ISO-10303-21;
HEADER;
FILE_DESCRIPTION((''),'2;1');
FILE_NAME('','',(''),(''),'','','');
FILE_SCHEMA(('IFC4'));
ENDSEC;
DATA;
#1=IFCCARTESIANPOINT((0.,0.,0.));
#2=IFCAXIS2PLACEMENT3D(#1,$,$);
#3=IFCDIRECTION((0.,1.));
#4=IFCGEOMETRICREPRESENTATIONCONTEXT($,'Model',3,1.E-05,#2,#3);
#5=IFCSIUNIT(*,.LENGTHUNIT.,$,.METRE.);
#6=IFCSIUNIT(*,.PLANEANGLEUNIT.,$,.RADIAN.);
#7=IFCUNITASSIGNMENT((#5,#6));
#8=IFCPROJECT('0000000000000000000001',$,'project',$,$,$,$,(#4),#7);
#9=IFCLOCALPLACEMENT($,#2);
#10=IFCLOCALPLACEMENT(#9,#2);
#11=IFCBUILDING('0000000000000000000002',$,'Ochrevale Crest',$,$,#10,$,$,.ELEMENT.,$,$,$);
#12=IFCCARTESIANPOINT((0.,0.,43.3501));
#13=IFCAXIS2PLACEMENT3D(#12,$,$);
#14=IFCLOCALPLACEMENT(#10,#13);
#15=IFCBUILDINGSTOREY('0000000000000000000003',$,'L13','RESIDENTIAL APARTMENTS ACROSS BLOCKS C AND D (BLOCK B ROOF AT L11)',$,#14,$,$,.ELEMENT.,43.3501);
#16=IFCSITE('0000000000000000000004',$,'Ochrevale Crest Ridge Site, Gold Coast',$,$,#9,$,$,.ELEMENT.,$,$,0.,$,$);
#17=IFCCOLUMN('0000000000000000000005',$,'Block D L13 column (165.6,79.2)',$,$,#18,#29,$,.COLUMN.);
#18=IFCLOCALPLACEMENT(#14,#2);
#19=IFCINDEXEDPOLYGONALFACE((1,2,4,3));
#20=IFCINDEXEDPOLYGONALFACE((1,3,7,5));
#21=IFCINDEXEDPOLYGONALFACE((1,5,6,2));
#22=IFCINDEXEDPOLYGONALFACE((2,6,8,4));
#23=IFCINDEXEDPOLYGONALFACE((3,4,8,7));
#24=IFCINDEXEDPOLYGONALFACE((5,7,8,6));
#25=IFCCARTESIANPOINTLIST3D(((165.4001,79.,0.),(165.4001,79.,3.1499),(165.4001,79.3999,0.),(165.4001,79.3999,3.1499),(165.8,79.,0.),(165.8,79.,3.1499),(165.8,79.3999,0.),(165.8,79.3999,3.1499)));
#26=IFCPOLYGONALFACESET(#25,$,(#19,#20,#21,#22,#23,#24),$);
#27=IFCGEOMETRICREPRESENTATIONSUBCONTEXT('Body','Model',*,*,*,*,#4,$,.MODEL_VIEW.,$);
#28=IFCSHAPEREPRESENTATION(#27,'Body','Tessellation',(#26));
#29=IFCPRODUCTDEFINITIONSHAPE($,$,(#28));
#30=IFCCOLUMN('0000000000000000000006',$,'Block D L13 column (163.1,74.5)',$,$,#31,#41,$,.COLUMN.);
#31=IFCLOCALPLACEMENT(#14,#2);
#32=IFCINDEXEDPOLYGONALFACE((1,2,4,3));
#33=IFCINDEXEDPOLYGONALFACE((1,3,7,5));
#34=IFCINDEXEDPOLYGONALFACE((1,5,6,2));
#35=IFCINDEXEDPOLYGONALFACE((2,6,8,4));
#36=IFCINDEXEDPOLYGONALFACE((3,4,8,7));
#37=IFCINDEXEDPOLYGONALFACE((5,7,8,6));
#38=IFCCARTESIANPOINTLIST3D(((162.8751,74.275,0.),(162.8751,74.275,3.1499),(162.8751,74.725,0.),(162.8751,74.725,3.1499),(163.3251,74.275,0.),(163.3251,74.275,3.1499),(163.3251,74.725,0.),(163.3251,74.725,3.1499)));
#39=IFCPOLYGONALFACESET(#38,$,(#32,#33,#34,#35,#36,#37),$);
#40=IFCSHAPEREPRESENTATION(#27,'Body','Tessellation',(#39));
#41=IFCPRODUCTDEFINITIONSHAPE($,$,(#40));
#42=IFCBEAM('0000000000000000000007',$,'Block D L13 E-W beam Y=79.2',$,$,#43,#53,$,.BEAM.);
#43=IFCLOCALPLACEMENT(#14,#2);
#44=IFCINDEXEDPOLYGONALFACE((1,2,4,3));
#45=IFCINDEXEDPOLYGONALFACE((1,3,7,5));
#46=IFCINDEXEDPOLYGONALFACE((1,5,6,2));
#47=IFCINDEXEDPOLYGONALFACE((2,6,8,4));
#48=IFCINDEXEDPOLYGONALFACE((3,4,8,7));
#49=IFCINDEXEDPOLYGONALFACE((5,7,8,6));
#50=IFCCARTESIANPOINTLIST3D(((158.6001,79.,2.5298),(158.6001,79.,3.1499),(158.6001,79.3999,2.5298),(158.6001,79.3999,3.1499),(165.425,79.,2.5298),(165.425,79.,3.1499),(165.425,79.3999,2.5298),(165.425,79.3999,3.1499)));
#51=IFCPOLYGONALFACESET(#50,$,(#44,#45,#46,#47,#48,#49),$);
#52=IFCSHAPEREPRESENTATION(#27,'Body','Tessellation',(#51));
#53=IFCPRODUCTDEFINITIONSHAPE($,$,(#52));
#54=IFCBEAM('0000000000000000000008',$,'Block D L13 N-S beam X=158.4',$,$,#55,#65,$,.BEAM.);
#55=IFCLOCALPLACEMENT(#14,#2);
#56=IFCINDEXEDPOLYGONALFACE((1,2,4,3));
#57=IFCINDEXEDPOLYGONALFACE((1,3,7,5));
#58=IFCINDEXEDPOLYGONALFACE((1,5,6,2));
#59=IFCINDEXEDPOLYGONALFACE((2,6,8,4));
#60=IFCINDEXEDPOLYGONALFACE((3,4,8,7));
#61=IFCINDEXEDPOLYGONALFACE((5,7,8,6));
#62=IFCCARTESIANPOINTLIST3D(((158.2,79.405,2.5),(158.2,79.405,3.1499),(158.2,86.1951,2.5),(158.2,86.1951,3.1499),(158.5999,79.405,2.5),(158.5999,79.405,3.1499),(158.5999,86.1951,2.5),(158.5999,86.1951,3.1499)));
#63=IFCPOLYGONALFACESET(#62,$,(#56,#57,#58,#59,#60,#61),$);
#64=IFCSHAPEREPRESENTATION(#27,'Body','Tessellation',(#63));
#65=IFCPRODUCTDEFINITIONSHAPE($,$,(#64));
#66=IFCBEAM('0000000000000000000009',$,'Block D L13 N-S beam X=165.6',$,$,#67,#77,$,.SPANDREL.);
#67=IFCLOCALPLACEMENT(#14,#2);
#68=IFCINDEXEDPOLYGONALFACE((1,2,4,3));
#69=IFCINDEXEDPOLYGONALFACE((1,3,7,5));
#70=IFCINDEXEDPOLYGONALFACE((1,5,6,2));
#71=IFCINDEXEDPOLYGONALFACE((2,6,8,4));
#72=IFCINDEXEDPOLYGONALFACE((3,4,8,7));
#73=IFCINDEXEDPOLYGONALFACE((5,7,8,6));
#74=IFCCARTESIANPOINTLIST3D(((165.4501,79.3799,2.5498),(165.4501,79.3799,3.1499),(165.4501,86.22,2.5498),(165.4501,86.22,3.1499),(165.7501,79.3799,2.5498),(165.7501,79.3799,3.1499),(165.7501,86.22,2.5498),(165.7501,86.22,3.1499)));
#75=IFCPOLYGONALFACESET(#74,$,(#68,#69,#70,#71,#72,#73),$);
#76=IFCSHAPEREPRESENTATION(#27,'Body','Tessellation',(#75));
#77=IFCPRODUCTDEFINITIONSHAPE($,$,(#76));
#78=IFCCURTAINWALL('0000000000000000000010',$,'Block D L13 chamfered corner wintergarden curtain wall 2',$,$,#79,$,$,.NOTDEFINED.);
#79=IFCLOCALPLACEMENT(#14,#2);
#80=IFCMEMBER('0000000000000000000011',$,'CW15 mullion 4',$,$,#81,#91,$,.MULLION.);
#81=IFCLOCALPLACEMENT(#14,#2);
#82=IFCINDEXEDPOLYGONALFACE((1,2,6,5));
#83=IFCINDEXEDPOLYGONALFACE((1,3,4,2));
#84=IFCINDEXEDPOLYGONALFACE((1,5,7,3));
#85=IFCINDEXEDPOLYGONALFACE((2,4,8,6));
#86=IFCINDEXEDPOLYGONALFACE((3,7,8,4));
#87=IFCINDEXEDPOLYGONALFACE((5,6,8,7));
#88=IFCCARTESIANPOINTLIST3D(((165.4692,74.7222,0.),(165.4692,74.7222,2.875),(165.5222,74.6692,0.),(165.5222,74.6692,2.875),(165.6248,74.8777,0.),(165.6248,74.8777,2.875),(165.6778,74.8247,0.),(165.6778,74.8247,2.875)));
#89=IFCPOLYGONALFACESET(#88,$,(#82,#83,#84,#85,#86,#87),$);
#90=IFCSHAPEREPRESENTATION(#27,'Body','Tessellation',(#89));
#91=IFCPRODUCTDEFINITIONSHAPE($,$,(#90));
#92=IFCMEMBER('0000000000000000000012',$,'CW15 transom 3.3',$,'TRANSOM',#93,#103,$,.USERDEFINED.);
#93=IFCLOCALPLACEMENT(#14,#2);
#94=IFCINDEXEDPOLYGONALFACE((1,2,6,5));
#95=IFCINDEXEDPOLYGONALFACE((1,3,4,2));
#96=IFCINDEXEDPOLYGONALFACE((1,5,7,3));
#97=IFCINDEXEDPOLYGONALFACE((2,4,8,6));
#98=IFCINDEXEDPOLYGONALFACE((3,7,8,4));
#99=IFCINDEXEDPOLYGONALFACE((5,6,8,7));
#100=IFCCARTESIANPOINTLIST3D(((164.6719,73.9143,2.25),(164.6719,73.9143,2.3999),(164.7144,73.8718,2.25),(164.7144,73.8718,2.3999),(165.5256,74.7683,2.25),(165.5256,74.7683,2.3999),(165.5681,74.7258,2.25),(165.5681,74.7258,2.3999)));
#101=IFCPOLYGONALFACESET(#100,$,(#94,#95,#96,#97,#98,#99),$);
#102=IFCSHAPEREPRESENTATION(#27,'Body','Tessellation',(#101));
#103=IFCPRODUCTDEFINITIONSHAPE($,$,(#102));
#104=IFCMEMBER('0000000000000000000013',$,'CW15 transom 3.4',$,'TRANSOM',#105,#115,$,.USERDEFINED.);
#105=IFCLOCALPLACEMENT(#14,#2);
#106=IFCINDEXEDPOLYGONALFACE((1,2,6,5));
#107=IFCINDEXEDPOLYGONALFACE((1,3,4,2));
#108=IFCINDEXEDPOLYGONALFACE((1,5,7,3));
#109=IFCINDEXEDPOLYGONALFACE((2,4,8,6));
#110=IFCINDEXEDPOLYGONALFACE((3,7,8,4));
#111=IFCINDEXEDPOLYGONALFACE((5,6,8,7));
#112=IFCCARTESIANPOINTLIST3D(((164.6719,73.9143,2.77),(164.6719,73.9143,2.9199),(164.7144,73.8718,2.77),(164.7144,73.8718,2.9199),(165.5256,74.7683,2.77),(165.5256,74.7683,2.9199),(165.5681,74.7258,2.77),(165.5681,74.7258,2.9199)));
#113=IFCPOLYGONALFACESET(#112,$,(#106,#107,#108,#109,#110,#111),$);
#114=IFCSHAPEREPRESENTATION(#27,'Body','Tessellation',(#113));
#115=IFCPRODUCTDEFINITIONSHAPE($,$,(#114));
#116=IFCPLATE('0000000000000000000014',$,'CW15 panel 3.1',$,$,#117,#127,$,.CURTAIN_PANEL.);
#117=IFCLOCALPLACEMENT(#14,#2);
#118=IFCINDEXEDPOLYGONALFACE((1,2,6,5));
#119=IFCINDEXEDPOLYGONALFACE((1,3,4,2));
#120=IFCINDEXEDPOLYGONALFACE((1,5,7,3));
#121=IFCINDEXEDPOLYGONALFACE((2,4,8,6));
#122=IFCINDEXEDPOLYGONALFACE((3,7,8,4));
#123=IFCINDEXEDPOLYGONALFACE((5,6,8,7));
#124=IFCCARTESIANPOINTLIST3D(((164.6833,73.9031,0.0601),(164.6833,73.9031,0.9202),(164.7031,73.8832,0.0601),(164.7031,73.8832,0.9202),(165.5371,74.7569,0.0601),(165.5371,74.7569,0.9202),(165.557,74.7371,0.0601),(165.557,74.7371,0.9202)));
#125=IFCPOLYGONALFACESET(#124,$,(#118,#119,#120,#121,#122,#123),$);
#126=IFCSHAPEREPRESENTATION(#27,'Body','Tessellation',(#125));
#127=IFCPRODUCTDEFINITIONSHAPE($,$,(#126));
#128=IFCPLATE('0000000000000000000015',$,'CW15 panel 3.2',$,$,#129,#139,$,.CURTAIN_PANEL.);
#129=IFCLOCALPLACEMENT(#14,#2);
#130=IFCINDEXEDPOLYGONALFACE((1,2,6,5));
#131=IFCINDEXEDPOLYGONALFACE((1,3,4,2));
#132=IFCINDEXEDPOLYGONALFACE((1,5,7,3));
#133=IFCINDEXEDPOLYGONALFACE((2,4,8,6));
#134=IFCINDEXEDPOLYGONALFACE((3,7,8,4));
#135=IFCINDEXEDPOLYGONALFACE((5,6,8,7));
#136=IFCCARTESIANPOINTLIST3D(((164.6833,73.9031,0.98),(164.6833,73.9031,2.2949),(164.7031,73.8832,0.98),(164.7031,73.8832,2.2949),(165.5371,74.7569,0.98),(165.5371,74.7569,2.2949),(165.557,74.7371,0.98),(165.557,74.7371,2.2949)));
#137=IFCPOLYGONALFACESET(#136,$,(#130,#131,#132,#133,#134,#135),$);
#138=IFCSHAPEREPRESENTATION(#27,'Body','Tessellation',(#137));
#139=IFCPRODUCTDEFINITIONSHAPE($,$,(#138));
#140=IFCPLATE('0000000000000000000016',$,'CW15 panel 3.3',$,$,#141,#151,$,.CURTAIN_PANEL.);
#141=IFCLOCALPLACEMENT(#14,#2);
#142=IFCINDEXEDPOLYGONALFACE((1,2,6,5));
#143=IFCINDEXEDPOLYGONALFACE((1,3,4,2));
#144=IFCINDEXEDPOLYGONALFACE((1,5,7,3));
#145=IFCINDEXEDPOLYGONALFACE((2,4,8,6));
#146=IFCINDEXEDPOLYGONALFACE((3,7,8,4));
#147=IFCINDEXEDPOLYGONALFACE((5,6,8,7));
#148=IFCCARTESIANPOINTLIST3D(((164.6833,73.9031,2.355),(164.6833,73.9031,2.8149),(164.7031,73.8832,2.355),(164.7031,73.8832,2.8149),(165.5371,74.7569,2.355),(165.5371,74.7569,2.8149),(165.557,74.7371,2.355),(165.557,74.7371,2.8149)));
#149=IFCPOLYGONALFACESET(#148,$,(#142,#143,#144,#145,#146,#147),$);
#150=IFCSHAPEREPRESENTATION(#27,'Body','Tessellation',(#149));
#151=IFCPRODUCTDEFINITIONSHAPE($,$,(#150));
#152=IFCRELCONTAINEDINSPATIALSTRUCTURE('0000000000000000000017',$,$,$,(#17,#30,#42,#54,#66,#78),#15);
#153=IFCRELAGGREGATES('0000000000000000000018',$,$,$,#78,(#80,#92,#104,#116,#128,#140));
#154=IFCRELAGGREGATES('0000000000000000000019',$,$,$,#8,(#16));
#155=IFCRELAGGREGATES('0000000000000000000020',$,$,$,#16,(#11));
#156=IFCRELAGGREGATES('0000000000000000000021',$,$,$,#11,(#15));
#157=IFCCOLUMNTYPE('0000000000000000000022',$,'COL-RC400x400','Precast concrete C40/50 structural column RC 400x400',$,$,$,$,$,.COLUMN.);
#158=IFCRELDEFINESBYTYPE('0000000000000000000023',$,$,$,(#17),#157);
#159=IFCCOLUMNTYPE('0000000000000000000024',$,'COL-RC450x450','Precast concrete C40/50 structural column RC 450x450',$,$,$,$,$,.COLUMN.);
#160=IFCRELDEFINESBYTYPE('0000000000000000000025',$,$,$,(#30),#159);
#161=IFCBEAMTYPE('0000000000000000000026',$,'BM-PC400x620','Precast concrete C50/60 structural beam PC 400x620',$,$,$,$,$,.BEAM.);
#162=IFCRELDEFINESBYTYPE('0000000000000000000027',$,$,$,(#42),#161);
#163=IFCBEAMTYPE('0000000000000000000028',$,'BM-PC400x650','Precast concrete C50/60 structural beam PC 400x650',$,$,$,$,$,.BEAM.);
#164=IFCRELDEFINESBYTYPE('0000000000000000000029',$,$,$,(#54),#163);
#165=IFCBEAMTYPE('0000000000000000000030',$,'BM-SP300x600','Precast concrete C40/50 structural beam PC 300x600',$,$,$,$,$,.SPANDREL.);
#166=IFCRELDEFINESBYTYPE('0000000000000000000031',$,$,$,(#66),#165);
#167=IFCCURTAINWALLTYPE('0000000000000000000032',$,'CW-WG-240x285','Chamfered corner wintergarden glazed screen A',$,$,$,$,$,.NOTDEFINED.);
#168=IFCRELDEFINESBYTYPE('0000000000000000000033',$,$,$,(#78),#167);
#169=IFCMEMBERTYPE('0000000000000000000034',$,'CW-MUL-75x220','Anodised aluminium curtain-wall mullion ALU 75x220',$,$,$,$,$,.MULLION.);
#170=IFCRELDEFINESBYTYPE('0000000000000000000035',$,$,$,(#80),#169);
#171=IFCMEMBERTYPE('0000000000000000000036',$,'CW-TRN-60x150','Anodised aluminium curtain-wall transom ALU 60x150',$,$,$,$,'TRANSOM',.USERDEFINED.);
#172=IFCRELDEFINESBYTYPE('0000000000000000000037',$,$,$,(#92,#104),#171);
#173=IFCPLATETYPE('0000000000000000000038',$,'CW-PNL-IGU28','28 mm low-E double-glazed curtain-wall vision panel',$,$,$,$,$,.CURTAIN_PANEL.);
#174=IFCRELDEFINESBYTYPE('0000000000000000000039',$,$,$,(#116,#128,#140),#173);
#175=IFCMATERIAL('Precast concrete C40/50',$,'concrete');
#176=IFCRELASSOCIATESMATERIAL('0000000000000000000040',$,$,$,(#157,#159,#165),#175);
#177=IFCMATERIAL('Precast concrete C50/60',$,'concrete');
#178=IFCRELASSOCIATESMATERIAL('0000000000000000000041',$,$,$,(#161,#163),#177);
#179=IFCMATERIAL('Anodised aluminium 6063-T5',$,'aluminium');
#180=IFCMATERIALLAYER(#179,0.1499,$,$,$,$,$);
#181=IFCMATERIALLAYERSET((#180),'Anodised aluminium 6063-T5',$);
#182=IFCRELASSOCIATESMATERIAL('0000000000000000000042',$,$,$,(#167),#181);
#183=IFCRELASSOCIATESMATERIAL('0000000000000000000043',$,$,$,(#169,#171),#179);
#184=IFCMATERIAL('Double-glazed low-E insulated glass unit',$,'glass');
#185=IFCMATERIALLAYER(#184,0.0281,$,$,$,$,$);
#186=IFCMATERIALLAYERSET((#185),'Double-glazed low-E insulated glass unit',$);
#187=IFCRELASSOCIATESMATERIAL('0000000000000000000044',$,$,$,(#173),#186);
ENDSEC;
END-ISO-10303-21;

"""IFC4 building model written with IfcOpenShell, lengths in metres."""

from ifc_helpers import new_model, si_unit, direction, frame, origin, origin_2d, place, context, subcontext, project, spatial, rectangle, extrude, material, layer, layer_set, material_profile, profile_set, type_object, element, aggregate, save


model = new_model("IFC4")

# Units and contexts
model_context = context("Model", 3, precision=1e-05, world=origin(), true_north=direction((0.0, 1.0)))
body_context = subcontext(model_context, "Body", "Model", "MODEL_VIEW")
ifc_project = project(units=[si_unit("LENGTHUNIT", "METRE"), si_unit("PLANEANGLEUNIT", "RADIAN")], contexts=[model_context])

# Site, building, storey
site_placement = place(None, origin())
site = spatial("IfcSite", under=ifc_project, at=site_placement, Name="Ochrevale Crest Ridge Site, Gold Coast", CompositionType="ELEMENT", RefElevation=0.0)
building_placement = place(site_placement, origin())
building = spatial("IfcBuilding", under=site, at=building_placement, Name="Ochrevale Crest", CompositionType="ELEMENT")
storey_placement = place(building_placement, frame((0.0, 0.0, 43.3501)))
storey = spatial("IfcBuildingStorey", under=building, at=storey_placement, Name="L13", Description="RESIDENTIAL APARTMENTS ACROSS BLOCKS C AND D (BLOCK B ROOF AT L11)", CompositionType="ELEMENT", Elevation=43.3501)

# Columns
ifc_material_1 = material(Name="Precast concrete C40/50", Category="concrete")
ifc_material_profile_1 = material_profile(ifc_material_1, rectangle(XDim=0.3999, YDim=0.3999, at=origin_2d()), Name="RC 400x400")
ifc_profile_set_1 = profile_set([ifc_material_profile_1], Name="Precast concrete C40/50")
column_type_1 = type_object("IfcColumnType", Name="COL-RC400x400", Description="Precast concrete C40/50 structural column RC 400x400", PredefinedType="COLUMN", material=ifc_profile_set_1)
column_1_placement = place(storey_placement, frame((165.6001, 79.2, 0.0), z_axis=(0.0, 0.0, 1.0), x_axis=(1.0, 0.0, 0.0)))
element("IfcColumn", 1, at=column_1_placement, inside=storey, type_object=column_type_1, Name="Block D L13 column (165.6,79.2)", PredefinedType="COLUMN", context=body_context, shape_type="SweptSolid", body=[
    extrude(rectangle(XDim=0.3999, YDim=0.3999, at=origin_2d()), origin(), (0.0, 0.0, 1.0), 3.1499),
])
ifc_material_profile_2 = material_profile(ifc_material_1, rectangle(XDim=0.45, YDim=0.45, at=origin_2d()), Name="RC 450x450")
ifc_profile_set_2 = profile_set([ifc_material_profile_2], Name="Precast concrete C40/50")
column_type_2 = type_object("IfcColumnType", Name="COL-RC450x450", Description="Precast concrete C40/50 structural column RC 450x450", PredefinedType="COLUMN", material=ifc_profile_set_2)
column_2_placement = place(storey_placement, frame((163.1001, 74.5, 0.0), z_axis=(0.0, 0.0, 1.0), x_axis=(1.0, 0.0, 0.0)))
element("IfcColumn", 2, at=column_2_placement, inside=storey, type_object=column_type_2, Name="Block D L13 column (163.1,74.5)", PredefinedType="COLUMN", context=body_context, shape_type="SweptSolid", body=[
    extrude(rectangle(XDim=0.45, YDim=0.45, at=origin_2d()), origin(), (0.0, 0.0, 1.0), 3.1499),
])

# Beams
ifc_material_2 = material(Name="Precast concrete C50/60", Category="concrete")
ifc_material_profile_3 = material_profile(ifc_material_2, rectangle(XDim=0.3999, YDim=0.6201, at=origin_2d()), Name="PC 400x620")
ifc_profile_set_3 = profile_set([ifc_material_profile_3], Name="Precast concrete C50/60")
beam_type_1 = type_object("IfcBeamType", Name="BM-PC400x620", Description="Precast concrete C50/60 structural beam PC 400x620", PredefinedType="BEAM", material=ifc_profile_set_3)
beam_1_placement = place(storey_placement, frame((158.6001, 79.2, 2.8398), z_axis=(1.0, 0.0, 0.0), x_axis=(0.0, 1.0, 0.0)))
element("IfcBeam", 3, at=beam_1_placement, inside=storey, type_object=beam_type_1, Name="Block D L13 E-W beam Y=79.2", PredefinedType="BEAM", context=body_context, shape_type="SweptSolid", body=[
    extrude(rectangle(XDim=0.3999, YDim=0.6201, at=origin_2d()), origin(), (0.0, 0.0, 1.0), 6.825),
])
ifc_material_profile_4 = material_profile(ifc_material_2, rectangle(XDim=0.3999, YDim=0.6499, at=origin_2d()), Name="PC 400x650")
ifc_profile_set_4 = profile_set([ifc_material_profile_4], Name="Precast concrete C50/60")
beam_type_2 = type_object("IfcBeamType", Name="BM-PC400x650", Description="Precast concrete C50/60 structural beam PC 400x650", PredefinedType="BEAM", material=ifc_profile_set_4)
beam_2_placement = place(storey_placement, frame((158.3999, 79.405, 2.825), z_axis=(0.0, 1.0, 0.0), x_axis=(-1.0, 0.0, 0.0)))
element("IfcBeam", 4, at=beam_2_placement, inside=storey, type_object=beam_type_2, Name="Block D L13 N-S beam X=158.4", PredefinedType="BEAM", context=body_context, shape_type="SweptSolid", body=[
    extrude(rectangle(XDim=0.3999, YDim=0.6499, at=origin_2d()), origin(), (0.0, 0.0, 1.0), 6.79),
])
ifc_material_profile_5 = material_profile(ifc_material_1, rectangle(XDim=0.3, YDim=0.6001, at=origin_2d()), Name="PC 300x600")
ifc_profile_set_5 = profile_set([ifc_material_profile_5], Name="Precast concrete C40/50")
beam_type_3 = type_object("IfcBeamType", Name="BM-SP300x600", Description="Precast concrete C40/50 structural beam PC 300x600", PredefinedType="SPANDREL", material=ifc_profile_set_5)
beam_3_placement = place(storey_placement, frame((165.6001, 79.3799, 2.8499), z_axis=(0.0, 1.0, 0.0), x_axis=(-1.0, 0.0, 0.0)))
element("IfcBeam", 5, at=beam_3_placement, inside=storey, type_object=beam_type_3, Name="Block D L13 N-S beam X=165.6", PredefinedType="SPANDREL", context=body_context, shape_type="SweptSolid", body=[
    extrude(rectangle(XDim=0.3, YDim=0.6001, at=origin_2d()), origin(), (0.0, 0.0, 1.0), 6.8401),
])

# Curtain wall, members, plates
ifc_material_3 = material(Name="Anodised aluminium 6063-T5", Category="aluminium")
ifc_layer_1 = layer(ifc_material_3, 0.1499)
ifc_layer_set_1 = layer_set([ifc_layer_1], Name="Anodised aluminium 6063-T5")
curtain_wall_type = type_object("IfcCurtainWallType", Name="CW-WG-240x285", Description="Chamfered corner wintergarden glazed screen A", PredefinedType="NOTDEFINED", material=ifc_layer_set_1)
curtain_wall_placement = place(storey_placement, origin())
curtain_wall = element("IfcCurtainWall", 6, at=curtain_wall_placement, inside=storey, type_object=curtain_wall_type, Name="Block D L13 chamfered corner wintergarden curtain wall 2", PredefinedType="NOTDEFINED")
ifc_material_profile_6 = material_profile(ifc_material_3, rectangle(XDim=0.075, YDim=0.22, at=origin_2d()), Name="ALU 75x220")
ifc_profile_set_6 = profile_set([ifc_material_profile_6], Name="Anodised aluminium 6063-T5")
member_type_1 = type_object("IfcMemberType", Name="CW-MUL-75x220", Description="Anodised aluminium curtain-wall mullion ALU 75x220", PredefinedType="MULLION", material=ifc_profile_set_6)
member_1_placement = place(storey_placement, frame((165.5735, 74.7734, 0.0), z_axis=(0.0, 0.0, 1.0), x_axis=(-0.707107, 0.707107, 0.0)))
member_1 = element("IfcMember", 7, at=member_1_placement, type_object=member_type_1, Name="CW15 mullion 4", PredefinedType="MULLION", context=body_context, shape_type="SweptSolid", body=[
    extrude(rectangle(XDim=0.075, YDim=0.22, at=origin_2d()), origin(), (0.0, 0.0, 1.0), 2.875),
])
ifc_material_profile_7 = material_profile(ifc_material_3, rectangle(XDim=0.0601, YDim=0.1499, at=origin_2d()), Name="ALU 60x150")
ifc_profile_set_7 = profile_set([ifc_material_profile_7], Name="Anodised aluminium 6063-T5")
member_type_2 = type_object("IfcMemberType", Name="CW-TRN-60x150", Description="Anodised aluminium curtain-wall transom ALU 60x150", ElementType="TRANSOM", PredefinedType="USERDEFINED", material=ifc_profile_set_7)
member_2_placement = place(storey_placement, frame((164.6931, 73.8931, 2.325), z_axis=(0.707006, 0.707208, 0.0), x_axis=(-0.707208, 0.707006, 0.0)))
member_2 = element("IfcMember", 8, at=member_2_placement, type_object=member_type_2, Name="CW15 transom 3.3", ObjectType="TRANSOM", PredefinedType="USERDEFINED", context=body_context, shape_type="SweptSolid", body=[
    extrude(rectangle(XDim=0.0601, YDim=0.1499, at=origin_2d()), origin(), (0.0, 0.0, 1.0), 1.2075),
])
member_3_placement = place(storey_placement, frame((164.6931, 73.8931, 2.845), z_axis=(0.707006, 0.707208, 0.0), x_axis=(-0.707208, 0.707006, 0.0)))
member_3 = element("IfcMember", 9, at=member_3_placement, type_object=member_type_2, Name="CW15 transom 3.4", ObjectType="TRANSOM", PredefinedType="USERDEFINED", context=body_context, shape_type="SweptSolid", body=[
    extrude(rectangle(XDim=0.0601, YDim=0.1499, at=origin_2d()), origin(), (0.0, 0.0, 1.0), 1.2075),
])
ifc_material_4 = material(Name="Double-glazed low-E insulated glass unit", Category="glass")
ifc_layer_2 = layer(ifc_material_4, 0.0281)
ifc_layer_set_2 = layer_set([ifc_layer_2], Name="Double-glazed low-E insulated glass unit")
plate_type = type_object("IfcPlateType", Name="CW-PNL-IGU28", Description="28 mm low-E double-glazed curtain-wall vision panel", PredefinedType="CURTAIN_PANEL", material=ifc_layer_set_2)
plate_1_placement = place(storey_placement, frame((165.1201, 74.3201, 0.0601), z_axis=(0.0, 0.0, 1.0), x_axis=(0.707107, 0.707107, 0.0)))
plate_1 = element("IfcPlate", 10, at=plate_1_placement, type_object=plate_type, Name="CW15 panel 3.1", PredefinedType="CURTAIN_PANEL", context=body_context, shape_type="SweptSolid", body=[
    extrude(rectangle(XDim=1.2075, YDim=0.0281, at=origin_2d()), origin(), (0.0, 0.0, 1.0), 0.8601),
])
plate_2_placement = place(storey_placement, frame((165.1201, 74.3201, 0.98), z_axis=(0.0, 0.0, 1.0), x_axis=(0.707107, 0.707107, 0.0)))
plate_2 = element("IfcPlate", 11, at=plate_2_placement, type_object=plate_type, Name="CW15 panel 3.2", PredefinedType="CURTAIN_PANEL", context=body_context, shape_type="SweptSolid", body=[
    extrude(rectangle(XDim=1.2075, YDim=0.0281, at=origin_2d()), origin(), (0.0, 0.0, 1.0), 1.3149),
])
plate_3_placement = place(storey_placement, frame((165.1201, 74.3201, 2.355), z_axis=(0.0, 0.0, 1.0), x_axis=(0.707107, 0.707107, 0.0)))
plate_3 = element("IfcPlate", 12, at=plate_3_placement, type_object=plate_type, Name="CW15 panel 3.3", PredefinedType="CURTAIN_PANEL", context=body_context, shape_type="SweptSolid", body=[
    extrude(rectangle(XDim=1.2075, YDim=0.0281, at=origin_2d()), origin(), (0.0, 0.0, 1.0), 0.46),
])
aggregate(curtain_wall, [member_1, member_2, member_3, plate_1, plate_2, plate_3])

save(model, "model.ifc")
